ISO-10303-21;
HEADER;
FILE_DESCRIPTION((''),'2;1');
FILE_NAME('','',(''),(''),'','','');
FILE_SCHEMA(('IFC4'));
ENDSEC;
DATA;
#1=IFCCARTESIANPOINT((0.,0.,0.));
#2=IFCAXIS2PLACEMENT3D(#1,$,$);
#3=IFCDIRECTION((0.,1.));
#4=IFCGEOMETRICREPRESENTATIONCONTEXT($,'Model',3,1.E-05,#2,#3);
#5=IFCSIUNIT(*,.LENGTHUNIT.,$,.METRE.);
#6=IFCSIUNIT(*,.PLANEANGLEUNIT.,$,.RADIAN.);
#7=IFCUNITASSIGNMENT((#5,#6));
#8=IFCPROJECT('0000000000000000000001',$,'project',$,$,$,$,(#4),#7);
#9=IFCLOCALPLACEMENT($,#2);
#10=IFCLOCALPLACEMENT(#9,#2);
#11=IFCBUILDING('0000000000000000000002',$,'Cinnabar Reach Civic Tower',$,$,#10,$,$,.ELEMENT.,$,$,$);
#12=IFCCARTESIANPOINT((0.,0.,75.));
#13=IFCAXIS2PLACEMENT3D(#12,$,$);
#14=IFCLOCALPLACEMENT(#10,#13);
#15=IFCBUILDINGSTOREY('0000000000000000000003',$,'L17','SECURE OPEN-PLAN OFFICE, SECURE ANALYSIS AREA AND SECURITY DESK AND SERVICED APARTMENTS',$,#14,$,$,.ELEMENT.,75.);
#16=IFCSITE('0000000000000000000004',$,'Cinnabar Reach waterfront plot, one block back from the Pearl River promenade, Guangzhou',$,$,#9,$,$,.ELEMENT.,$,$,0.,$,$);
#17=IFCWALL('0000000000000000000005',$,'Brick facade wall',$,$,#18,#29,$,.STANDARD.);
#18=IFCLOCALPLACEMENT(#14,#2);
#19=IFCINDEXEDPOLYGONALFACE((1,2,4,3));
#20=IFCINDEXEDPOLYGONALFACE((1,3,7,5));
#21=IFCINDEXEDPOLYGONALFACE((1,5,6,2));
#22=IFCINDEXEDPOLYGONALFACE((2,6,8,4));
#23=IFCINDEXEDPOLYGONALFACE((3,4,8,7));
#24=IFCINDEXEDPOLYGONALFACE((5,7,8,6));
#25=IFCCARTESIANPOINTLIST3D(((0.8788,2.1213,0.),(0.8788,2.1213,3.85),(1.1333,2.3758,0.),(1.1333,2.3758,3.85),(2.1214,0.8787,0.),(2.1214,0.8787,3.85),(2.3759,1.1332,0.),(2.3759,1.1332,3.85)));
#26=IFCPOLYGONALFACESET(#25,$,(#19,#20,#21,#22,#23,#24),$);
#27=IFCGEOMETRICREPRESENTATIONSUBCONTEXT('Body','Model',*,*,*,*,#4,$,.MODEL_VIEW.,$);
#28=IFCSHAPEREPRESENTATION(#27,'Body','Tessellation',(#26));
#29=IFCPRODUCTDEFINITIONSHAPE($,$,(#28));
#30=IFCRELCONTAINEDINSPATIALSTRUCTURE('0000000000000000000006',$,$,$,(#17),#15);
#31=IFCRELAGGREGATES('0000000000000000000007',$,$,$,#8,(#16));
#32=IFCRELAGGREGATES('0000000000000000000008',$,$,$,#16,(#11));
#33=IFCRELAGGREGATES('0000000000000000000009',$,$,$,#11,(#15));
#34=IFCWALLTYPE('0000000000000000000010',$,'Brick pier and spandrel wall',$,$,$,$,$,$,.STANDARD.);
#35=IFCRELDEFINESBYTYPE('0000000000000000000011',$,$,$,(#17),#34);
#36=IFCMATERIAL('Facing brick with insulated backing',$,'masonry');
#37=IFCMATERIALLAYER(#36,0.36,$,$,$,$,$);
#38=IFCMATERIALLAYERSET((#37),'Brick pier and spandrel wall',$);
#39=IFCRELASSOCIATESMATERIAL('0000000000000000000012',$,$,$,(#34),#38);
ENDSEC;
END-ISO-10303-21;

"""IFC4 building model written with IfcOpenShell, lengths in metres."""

from ifc_helpers import new_model, si_unit, direction, frame, frame_2d, origin, place, context, subcontext, project, spatial, rectangle, extrude, material, layer, layer_set, type_object, element, save


model = new_model("IFC4")

# Units and contexts
model_context = context("Model", 3, precision=1e-05, world=origin(), true_north=direction((0.0, 1.0)))
body_context = subcontext(model_context, "Body", "Model", "MODEL_VIEW")
ifc_project = project(units=[si_unit("LENGTHUNIT", "METRE"), si_unit("PLANEANGLEUNIT", "RADIAN")], contexts=[model_context])

# Site, building, storey
site_placement = place(None, origin())
site = spatial("IfcSite", under=ifc_project, at=site_placement, Name="Cinnabar Reach waterfront plot, one block back from the Pearl River promenade, Guangzhou", CompositionType="ELEMENT", RefElevation=0.0)
building_placement = place(site_placement, origin())
building = spatial("IfcBuilding", under=site, at=building_placement, Name="Cinnabar Reach Civic Tower", CompositionType="ELEMENT")
storey_placement = place(building_placement, frame((0.0, 0.0, 75.0)))
storey = spatial("IfcBuildingStorey", under=building, at=storey_placement, Name="L17", Description="SECURE OPEN-PLAN OFFICE, SECURE ANALYSIS AREA AND SECURITY DESK AND SERVICED APARTMENTS", CompositionType="ELEMENT", Elevation=75.0)

# Shared definitions
ifc_material_1 = material(Name="Facing brick with insulated backing", Category="masonry")

# Shared definitions
ifc_layer_1 = layer(ifc_material_1, 0.36)
ifc_layer_set_1 = layer_set([ifc_layer_1], Name="Brick pier and spandrel wall")
wall_type_1 = type_object("IfcWallType", Name="Brick pier and spandrel wall", PredefinedType="STANDARD", material=ifc_layer_set_1)

# Wall
wall_1_placement = place(storey_placement, frame((1.006, 2.2486, 0.0), z_axis=(0.0, 0.0, 1.0), x_axis=(0.707107, -0.707107, 0.0)))
element("IfcWall", 1, at=wall_1_placement, inside=storey, type_object=wall_type_1, Name="Brick facade wall", PredefinedType="STANDARD", context=body_context, shape_type="SweptSolid", body=[
    extrude(rectangle(XDim=1.7573, YDim=0.36, at=frame_2d((0.8787, 0.0))), origin(), (0.0, 0.0, 1.0), 3.85),
])

save(model, "model.ifc")
